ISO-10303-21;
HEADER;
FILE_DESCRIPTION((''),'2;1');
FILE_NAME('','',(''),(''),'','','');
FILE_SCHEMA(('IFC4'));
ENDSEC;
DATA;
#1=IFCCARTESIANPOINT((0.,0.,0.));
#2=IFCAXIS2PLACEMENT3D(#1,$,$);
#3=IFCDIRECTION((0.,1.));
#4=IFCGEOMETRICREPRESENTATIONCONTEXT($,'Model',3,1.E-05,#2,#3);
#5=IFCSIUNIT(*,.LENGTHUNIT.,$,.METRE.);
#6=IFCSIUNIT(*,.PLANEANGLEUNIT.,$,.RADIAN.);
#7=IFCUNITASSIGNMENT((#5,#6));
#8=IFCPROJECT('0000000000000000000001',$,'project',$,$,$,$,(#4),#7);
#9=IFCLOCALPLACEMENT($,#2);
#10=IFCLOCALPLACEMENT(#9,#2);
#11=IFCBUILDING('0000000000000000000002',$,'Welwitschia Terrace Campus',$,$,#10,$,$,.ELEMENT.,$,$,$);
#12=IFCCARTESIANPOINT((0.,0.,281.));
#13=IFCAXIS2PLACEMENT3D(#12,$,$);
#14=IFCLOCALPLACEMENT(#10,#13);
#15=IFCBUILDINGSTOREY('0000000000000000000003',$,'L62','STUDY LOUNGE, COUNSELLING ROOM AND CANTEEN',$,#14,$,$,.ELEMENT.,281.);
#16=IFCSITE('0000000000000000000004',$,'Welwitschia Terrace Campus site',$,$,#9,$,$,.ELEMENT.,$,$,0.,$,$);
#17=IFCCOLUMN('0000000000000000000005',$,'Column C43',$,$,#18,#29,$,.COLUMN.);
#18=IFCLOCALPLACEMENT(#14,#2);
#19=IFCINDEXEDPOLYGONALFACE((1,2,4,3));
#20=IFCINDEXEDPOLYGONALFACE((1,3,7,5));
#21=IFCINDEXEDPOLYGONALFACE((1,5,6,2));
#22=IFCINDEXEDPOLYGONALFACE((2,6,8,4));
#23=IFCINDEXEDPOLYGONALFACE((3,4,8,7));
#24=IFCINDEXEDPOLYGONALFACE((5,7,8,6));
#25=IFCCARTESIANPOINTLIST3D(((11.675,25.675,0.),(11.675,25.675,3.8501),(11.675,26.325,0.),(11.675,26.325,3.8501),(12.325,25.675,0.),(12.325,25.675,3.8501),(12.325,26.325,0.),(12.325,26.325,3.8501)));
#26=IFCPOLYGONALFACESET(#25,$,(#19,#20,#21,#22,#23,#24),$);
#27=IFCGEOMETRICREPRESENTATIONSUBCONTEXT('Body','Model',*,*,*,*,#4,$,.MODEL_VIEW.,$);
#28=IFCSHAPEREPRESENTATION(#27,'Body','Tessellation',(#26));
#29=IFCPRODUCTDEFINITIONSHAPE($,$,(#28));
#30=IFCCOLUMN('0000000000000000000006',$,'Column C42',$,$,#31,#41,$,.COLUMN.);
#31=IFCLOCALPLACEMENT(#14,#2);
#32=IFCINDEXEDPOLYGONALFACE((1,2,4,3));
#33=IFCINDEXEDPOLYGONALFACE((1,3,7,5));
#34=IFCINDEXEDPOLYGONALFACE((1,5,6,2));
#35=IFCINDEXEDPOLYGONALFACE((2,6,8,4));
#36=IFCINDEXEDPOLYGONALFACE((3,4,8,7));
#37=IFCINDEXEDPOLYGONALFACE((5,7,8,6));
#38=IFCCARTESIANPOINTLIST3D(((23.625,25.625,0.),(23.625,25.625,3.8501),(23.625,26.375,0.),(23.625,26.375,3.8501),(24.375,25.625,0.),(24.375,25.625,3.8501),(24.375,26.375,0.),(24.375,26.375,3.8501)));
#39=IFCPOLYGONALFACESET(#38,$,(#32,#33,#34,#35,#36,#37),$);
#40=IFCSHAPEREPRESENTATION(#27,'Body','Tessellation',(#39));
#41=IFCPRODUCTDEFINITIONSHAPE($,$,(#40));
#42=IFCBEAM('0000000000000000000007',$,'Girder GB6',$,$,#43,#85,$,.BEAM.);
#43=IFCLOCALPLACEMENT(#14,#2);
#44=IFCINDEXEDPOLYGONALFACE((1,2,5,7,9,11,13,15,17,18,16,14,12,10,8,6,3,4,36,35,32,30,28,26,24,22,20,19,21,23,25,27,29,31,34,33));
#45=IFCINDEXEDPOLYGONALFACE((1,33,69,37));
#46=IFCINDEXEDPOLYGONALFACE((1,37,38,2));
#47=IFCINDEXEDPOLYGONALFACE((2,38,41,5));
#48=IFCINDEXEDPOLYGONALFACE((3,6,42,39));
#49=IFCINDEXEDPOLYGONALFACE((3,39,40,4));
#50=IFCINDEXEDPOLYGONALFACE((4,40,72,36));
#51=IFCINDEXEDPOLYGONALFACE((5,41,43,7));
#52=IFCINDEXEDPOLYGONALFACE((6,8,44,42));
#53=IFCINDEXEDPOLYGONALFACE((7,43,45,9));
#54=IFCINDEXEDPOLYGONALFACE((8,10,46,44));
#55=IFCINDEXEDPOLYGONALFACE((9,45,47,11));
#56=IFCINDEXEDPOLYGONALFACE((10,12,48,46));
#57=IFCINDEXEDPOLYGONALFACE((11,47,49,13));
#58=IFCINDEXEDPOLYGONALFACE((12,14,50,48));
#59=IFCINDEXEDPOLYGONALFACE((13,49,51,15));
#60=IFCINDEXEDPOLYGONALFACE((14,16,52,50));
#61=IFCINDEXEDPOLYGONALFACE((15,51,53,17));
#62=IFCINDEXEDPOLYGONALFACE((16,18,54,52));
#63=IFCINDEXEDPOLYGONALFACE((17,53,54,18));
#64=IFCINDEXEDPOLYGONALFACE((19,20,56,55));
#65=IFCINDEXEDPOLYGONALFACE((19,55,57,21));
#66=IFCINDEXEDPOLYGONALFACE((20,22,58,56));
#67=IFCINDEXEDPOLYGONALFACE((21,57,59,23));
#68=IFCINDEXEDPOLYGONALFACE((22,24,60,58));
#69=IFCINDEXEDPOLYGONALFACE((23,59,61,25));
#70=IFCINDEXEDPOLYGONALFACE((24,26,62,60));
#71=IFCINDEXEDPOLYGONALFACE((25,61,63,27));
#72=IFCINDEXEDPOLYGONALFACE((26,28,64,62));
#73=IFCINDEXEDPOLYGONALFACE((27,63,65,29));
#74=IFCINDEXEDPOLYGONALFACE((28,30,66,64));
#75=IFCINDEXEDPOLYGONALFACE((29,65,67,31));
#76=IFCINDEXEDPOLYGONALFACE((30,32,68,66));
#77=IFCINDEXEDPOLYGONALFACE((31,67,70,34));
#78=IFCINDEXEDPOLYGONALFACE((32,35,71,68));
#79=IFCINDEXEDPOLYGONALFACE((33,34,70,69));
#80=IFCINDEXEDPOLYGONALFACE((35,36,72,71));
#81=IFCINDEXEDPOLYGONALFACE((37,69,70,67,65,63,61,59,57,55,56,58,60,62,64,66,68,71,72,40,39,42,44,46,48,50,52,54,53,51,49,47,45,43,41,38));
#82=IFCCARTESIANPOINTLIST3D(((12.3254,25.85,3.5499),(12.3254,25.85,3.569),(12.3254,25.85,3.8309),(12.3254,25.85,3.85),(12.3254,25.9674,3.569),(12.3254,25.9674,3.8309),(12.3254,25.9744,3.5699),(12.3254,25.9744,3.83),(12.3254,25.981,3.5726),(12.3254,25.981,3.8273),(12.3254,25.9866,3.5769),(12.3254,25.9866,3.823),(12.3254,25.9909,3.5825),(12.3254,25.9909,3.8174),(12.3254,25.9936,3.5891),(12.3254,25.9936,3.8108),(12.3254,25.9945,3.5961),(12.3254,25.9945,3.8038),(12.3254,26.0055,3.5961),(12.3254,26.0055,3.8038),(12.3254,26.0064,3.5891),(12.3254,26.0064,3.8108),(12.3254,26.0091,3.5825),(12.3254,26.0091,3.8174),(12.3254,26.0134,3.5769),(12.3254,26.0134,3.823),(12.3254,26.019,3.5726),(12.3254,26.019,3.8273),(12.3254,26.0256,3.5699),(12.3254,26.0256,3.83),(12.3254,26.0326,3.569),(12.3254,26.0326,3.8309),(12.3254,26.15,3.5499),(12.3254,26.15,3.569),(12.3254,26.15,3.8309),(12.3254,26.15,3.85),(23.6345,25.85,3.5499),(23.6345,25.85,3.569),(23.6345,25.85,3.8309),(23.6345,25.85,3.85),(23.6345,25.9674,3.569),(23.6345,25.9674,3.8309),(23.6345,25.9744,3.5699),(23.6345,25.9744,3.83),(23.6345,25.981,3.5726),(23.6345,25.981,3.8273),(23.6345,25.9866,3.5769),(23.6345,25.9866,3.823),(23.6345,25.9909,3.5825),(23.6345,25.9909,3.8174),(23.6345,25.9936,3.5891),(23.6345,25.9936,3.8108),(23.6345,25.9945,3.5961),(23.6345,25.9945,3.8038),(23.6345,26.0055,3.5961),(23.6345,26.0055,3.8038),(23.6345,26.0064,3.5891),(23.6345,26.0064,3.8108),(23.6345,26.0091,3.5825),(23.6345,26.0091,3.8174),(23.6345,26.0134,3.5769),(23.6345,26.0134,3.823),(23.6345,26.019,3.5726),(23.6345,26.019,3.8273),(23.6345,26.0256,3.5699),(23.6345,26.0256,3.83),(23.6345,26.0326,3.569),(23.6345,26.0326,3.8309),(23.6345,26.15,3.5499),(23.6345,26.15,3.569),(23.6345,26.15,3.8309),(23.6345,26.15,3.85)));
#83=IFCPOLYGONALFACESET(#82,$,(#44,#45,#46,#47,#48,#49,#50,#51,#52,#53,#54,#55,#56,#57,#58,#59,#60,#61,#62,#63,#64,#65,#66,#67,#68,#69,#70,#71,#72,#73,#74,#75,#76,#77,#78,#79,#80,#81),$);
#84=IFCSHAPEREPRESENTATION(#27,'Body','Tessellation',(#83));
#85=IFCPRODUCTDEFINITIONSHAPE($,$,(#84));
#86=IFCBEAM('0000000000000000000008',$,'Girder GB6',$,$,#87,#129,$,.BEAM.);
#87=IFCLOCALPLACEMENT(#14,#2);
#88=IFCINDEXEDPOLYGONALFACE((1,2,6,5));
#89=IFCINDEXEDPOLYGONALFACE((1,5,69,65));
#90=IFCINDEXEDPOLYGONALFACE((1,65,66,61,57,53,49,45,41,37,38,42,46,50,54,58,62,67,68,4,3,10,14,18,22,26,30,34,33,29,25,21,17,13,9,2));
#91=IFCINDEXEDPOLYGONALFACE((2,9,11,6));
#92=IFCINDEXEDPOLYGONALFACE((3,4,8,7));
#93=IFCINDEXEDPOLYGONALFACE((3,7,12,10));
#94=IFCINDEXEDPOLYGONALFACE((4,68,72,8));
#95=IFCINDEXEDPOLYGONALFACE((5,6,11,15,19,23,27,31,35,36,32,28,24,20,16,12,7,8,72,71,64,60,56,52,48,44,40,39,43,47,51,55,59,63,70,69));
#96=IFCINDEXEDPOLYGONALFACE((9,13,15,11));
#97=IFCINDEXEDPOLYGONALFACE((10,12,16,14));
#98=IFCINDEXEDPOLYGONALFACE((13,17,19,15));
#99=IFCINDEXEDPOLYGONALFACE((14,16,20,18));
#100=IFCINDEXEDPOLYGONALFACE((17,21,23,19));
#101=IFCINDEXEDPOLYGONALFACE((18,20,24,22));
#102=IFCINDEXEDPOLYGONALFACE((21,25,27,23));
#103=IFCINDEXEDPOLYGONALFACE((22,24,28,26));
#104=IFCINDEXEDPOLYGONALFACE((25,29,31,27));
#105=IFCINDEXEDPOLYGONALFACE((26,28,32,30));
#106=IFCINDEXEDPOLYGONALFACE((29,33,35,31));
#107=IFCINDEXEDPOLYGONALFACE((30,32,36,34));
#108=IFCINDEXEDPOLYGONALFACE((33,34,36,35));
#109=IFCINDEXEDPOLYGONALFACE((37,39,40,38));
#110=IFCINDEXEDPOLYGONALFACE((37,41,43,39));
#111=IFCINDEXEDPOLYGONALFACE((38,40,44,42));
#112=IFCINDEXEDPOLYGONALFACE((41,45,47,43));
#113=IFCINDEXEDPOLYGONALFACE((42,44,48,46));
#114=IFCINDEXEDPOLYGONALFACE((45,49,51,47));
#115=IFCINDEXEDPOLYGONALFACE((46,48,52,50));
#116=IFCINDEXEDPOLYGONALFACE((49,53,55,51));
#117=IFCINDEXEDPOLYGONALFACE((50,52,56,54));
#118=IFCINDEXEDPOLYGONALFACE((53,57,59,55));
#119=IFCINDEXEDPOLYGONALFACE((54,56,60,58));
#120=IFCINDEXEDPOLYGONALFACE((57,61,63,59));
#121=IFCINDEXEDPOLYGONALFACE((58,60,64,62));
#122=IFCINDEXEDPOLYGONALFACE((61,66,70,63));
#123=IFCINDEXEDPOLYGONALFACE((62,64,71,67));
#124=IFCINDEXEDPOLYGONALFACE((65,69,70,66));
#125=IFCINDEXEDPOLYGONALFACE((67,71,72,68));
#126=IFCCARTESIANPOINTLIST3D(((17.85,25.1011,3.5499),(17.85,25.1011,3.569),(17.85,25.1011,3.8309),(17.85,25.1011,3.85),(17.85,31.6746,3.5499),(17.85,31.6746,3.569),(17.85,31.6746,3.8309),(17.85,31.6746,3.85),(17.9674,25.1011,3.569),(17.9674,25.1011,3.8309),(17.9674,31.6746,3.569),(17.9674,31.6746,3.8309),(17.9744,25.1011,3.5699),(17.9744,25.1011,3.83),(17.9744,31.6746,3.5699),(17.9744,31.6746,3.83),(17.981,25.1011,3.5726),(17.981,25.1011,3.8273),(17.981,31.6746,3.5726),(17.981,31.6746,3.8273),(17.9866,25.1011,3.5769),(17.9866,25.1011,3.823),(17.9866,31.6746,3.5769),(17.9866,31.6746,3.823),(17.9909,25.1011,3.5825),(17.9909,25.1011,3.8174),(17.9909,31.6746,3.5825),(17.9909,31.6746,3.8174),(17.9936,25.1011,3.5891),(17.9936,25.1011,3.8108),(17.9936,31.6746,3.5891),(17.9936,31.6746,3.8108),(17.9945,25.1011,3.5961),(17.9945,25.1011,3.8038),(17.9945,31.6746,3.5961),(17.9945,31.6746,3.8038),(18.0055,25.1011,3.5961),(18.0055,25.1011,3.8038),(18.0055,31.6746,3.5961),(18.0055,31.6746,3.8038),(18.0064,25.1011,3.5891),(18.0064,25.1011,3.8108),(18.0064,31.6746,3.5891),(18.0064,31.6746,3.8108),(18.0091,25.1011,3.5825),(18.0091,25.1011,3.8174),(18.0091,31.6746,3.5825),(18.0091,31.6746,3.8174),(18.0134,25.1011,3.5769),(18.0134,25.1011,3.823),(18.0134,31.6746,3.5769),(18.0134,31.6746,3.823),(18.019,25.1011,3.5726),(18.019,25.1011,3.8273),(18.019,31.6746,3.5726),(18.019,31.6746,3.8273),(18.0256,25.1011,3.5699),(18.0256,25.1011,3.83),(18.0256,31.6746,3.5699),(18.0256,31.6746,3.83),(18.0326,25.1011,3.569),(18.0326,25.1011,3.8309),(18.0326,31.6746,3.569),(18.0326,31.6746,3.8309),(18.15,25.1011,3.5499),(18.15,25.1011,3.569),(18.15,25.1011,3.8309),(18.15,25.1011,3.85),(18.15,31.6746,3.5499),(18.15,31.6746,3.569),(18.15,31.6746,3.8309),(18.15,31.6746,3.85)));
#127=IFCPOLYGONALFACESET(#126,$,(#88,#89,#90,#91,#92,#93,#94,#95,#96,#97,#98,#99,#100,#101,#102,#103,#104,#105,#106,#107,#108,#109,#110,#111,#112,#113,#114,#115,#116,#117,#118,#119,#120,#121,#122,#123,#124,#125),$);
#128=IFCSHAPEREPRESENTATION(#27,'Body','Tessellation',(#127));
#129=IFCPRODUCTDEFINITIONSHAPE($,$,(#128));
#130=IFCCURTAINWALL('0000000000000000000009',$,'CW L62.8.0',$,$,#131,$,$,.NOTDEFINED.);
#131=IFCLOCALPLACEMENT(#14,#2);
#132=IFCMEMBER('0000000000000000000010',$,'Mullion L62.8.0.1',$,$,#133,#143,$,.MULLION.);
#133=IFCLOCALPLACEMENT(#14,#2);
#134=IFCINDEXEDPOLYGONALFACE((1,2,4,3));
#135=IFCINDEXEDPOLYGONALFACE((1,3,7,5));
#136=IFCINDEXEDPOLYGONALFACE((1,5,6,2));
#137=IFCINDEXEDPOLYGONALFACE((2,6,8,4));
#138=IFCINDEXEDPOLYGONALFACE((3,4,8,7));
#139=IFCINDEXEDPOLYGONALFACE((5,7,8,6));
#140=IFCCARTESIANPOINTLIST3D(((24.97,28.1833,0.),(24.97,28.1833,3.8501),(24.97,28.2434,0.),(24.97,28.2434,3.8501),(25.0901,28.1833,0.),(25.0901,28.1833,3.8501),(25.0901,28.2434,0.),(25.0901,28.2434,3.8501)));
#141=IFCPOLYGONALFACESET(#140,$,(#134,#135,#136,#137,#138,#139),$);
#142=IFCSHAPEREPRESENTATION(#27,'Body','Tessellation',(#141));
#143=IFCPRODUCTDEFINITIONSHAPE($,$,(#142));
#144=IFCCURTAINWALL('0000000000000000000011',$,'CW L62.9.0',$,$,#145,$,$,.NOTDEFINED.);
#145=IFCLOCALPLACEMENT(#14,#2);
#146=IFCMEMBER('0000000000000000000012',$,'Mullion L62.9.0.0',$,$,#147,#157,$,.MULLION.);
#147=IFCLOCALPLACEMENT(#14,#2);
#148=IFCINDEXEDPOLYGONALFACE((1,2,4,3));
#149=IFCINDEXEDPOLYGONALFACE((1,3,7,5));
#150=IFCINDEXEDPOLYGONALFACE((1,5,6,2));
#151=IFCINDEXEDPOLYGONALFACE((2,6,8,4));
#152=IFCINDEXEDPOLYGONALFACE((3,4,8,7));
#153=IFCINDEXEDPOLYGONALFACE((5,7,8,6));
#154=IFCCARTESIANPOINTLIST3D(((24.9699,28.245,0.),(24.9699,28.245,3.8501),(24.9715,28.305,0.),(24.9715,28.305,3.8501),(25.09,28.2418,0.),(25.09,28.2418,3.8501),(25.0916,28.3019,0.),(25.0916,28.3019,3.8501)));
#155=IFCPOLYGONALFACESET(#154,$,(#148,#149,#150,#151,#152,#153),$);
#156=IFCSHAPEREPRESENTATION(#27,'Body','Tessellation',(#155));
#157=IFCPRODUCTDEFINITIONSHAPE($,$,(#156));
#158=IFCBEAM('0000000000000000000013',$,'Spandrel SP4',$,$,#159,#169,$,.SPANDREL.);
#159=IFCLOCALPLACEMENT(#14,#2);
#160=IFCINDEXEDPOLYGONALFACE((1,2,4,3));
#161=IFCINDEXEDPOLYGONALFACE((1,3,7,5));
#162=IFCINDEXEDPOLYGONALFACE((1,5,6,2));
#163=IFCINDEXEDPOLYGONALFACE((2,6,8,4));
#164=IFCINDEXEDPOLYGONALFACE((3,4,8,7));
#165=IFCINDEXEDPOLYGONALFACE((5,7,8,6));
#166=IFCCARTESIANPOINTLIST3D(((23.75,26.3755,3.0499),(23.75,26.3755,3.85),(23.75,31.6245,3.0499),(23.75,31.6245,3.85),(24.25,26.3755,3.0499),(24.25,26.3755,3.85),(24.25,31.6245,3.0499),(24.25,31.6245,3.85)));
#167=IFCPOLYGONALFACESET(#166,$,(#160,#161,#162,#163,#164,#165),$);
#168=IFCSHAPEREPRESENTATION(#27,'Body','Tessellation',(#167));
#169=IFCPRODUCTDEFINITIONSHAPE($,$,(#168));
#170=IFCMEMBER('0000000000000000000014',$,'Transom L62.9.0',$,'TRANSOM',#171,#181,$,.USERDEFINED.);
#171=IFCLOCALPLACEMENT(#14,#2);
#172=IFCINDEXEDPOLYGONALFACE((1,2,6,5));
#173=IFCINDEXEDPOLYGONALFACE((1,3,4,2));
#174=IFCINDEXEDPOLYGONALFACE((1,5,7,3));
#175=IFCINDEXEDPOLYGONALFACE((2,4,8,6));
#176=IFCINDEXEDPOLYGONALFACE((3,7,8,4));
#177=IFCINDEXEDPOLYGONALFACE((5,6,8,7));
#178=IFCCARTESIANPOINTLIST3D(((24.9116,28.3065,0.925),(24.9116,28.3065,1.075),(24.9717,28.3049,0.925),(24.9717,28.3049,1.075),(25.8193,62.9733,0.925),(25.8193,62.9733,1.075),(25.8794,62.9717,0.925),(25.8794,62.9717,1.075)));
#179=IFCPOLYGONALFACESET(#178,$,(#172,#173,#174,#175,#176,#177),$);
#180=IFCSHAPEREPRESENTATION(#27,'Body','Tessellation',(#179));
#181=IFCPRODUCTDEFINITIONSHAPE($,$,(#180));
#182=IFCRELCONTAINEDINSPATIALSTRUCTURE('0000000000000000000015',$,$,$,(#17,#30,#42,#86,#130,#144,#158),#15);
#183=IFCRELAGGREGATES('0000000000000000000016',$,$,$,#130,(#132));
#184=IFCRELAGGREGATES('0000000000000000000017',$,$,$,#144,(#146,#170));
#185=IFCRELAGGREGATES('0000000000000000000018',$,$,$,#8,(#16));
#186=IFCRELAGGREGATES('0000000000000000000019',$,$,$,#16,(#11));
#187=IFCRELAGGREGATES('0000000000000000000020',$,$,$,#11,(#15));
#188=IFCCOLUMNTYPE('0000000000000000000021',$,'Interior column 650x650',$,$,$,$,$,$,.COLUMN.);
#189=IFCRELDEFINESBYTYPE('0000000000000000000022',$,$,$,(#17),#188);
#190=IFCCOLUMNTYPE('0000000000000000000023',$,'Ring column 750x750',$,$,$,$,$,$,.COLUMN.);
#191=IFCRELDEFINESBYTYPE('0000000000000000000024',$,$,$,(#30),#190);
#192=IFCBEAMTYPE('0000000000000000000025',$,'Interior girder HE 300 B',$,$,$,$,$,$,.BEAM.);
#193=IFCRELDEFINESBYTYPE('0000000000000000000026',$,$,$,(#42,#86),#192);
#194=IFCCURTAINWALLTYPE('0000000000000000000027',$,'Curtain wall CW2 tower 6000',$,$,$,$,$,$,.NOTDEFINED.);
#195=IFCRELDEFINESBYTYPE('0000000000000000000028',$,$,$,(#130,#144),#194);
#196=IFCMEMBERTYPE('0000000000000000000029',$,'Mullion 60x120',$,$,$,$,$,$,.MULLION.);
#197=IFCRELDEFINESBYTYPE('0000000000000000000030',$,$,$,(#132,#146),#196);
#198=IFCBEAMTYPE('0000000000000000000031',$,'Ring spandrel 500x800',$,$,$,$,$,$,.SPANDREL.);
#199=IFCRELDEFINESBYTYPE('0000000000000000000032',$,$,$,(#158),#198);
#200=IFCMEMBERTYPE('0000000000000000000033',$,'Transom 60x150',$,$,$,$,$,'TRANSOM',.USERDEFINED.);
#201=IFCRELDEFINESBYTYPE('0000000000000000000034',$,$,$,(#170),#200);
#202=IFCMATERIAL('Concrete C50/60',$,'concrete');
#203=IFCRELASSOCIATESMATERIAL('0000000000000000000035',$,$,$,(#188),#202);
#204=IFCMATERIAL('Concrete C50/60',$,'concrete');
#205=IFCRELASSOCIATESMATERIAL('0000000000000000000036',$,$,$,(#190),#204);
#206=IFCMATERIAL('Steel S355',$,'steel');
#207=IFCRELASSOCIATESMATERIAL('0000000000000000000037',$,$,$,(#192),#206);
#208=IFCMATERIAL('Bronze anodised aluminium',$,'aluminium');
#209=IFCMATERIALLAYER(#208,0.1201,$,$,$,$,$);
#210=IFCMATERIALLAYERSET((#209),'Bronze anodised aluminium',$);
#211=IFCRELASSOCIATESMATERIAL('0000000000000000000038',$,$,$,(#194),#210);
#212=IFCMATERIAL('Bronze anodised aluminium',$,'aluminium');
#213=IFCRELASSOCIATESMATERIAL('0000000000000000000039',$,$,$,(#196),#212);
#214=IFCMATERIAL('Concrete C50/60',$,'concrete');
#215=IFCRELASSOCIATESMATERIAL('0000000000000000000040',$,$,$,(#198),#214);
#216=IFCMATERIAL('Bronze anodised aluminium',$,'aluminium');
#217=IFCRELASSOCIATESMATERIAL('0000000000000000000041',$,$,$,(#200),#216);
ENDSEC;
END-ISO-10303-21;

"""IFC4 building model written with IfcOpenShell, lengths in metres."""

from ifc_helpers import new_model, si_unit, direction, frame, origin, origin_2d, place, context, subcontext, project, spatial, rectangle, i_section, extrude, material, layer, layer_set, material_profile, profile_set, type_object, element, aggregate, save


model = new_model("IFC4")

# Units and contexts
model_context = context("Model", 3, precision=1e-05, world=origin(), true_north=direction((0.0, 1.0)))
body_context = subcontext(model_context, "Body", "Model", "MODEL_VIEW")
ifc_project = project(units=[si_unit("LENGTHUNIT", "METRE"), si_unit("PLANEANGLEUNIT", "RADIAN")], contexts=[model_context])

# Site, building, storey
site_placement = place(None, origin())
site = spatial("IfcSite", under=ifc_project, at=site_placement, Name="Welwitschia Terrace Campus site", CompositionType="ELEMENT", RefElevation=0.0)
building_placement = place(site_placement, origin())
building = spatial("IfcBuilding", under=site, at=building_placement, Name="Welwitschia Terrace Campus", CompositionType="ELEMENT")
storey_placement = place(building_placement, frame((0.0, 0.0, 281.0)))
storey = spatial("IfcBuildingStorey", under=building, at=storey_placement, Name="L62", Description="STUDY LOUNGE, COUNSELLING ROOM AND CANTEEN", CompositionType="ELEMENT", Elevation=281.0)

# Columns
ifc_material_1 = material(Name="Concrete C50/60", Category="concrete")
ifc_material_profile_1 = material_profile(ifc_material_1, rectangle(XDim=0.6499, YDim=0.6499, at=origin_2d()))
ifc_profile_set_1 = profile_set([ifc_material_profile_1], Name="Concrete C50/60")
column_type_1 = type_object("IfcColumnType", Name="Interior column 650x650", PredefinedType="COLUMN", material=ifc_profile_set_1)
column_1_placement = place(storey_placement, frame((12.0, 26.0, 0.0), z_axis=(0.0, 0.0, 1.0), x_axis=(1.0, 0.0, 0.0)))
element("IfcColumn", 1, at=column_1_placement, inside=storey, type_object=column_type_1, Name="Column C43", PredefinedType="COLUMN", context=body_context, shape_type="SweptSolid", body=[
    extrude(rectangle(XDim=0.6499, YDim=0.6499, at=origin_2d()), origin(), (0.0, 0.0, 1.0), 3.8501),
])
ifc_material_2 = material(Name="Concrete C50/60", Category="concrete")
ifc_material_profile_2 = material_profile(ifc_material_2, rectangle(XDim=0.75, YDim=0.75, at=origin_2d()))
ifc_profile_set_2 = profile_set([ifc_material_profile_2], Name="Concrete C50/60")
column_type_2 = type_object("IfcColumnType", Name="Ring column 750x750", PredefinedType="COLUMN", material=ifc_profile_set_2)
column_2_placement = place(storey_placement, frame((24.0, 26.0, 0.0), z_axis=(0.0, 0.0, 1.0), x_axis=(1.0, 0.0, 0.0)))
element("IfcColumn", 2, at=column_2_placement, inside=storey, type_object=column_type_2, Name="Column C42", PredefinedType="COLUMN", context=body_context, shape_type="SweptSolid", body=[
    extrude(rectangle(XDim=0.75, YDim=0.75, at=origin_2d()), origin(), (0.0, 0.0, 1.0), 3.8501),
])

# Beams
ifc_material_3 = material(Name="Steel S355", Category="steel")
ifc_material_profile_3 = material_profile(ifc_material_3, i_section(OverallWidth=0.3, OverallDepth=0.3, WebThickness=0.011, FlangeThickness=0.019, FilletRadius=0.0271, at=origin_2d()))
ifc_profile_set_3 = profile_set([ifc_material_profile_3], Name="Steel S355")
beam_type_1 = type_object("IfcBeamType", Name="Interior girder HE 300 B", PredefinedType="BEAM", material=ifc_profile_set_3)
beam_1_placement = place(storey_placement, frame((12.3254, 26.0, 3.7), z_axis=(1.0, 0.0, 0.0), x_axis=(0.0, 1.0, 0.0)))
element("IfcBeam", 3, at=beam_1_placement, inside=storey, type_object=beam_type_1, Name="Girder GB6", PredefinedType="BEAM", context=body_context, shape_type="SweptSolid", body=[
    extrude(i_section(OverallWidth=0.3, OverallDepth=0.3, WebThickness=0.011, FlangeThickness=0.019, FilletRadius=0.0271, at=origin_2d()), origin(), (0.0, 0.0, 1.0), 11.3091),
])
beam_2_placement = place(storey_placement, frame((18.0, 25.1011, 3.7), z_axis=(0.0, 1.0, 0.0), x_axis=(-1.0, 0.0, 0.0)))
element("IfcBeam", 4, at=beam_2_placement, inside=storey, type_object=beam_type_1, Name="Girder GB6", PredefinedType="BEAM", context=body_context, shape_type="SweptSolid", body=[
    extrude(i_section(OverallWidth=0.3, OverallDepth=0.3, WebThickness=0.011, FlangeThickness=0.019, FilletRadius=0.0271, at=origin_2d()), origin(), (0.0, 0.0, 1.0), 6.5735),
])

# Curtain walls, members
ifc_material_4 = material(Name="Bronze anodised aluminium", Category="aluminium")
ifc_layer_1 = layer(ifc_material_4, 0.1201)
ifc_layer_set_1 = layer_set([ifc_layer_1], Name="Bronze anodised aluminium")
curtain_wall_type = type_object("IfcCurtainWallType", Name="Curtain wall CW2 tower 6000", PredefinedType="NOTDEFINED", material=ifc_layer_set_1)
curtain_wall_1_placement = place(storey_placement, origin())
curtain_wall_1 = element("IfcCurtainWall", 5, at=curtain_wall_1_placement, inside=storey, type_object=curtain_wall_type, Name="CW L62.8.0", PredefinedType="NOTDEFINED")
ifc_material_5 = material(Name="Bronze anodised aluminium", Category="aluminium")
ifc_material_profile_4 = material_profile(ifc_material_5, rectangle(XDim=0.1201, YDim=0.0601, at=origin_2d()))
ifc_profile_set_4 = profile_set([ifc_material_profile_4], Name="Bronze anodised aluminium")
member_type_1 = type_object("IfcMemberType", Name="Mullion 60x120", PredefinedType="MULLION", material=ifc_profile_set_4)
member_1_placement = place(storey_placement, frame((25.03, 28.2134, 0.0), z_axis=(0.0, 0.0, 1.0), x_axis=(-1.0, 0.0, 0.0)))
member_1 = element("IfcMember", 6, at=member_1_placement, type_object=member_type_1, Name="Mullion L62.8.0.1", PredefinedType="MULLION", context=body_context, shape_type="SweptSolid", body=[
    extrude(rectangle(XDim=0.1201, YDim=0.0601, at=origin_2d()), origin(), (0.0, 0.0, 1.0), 3.8501),
])
curtain_wall_2_placement = place(storey_placement, origin())
curtain_wall_2 = element("IfcCurtainWall", 7, at=curtain_wall_2_placement, inside=storey, type_object=curtain_wall_type, Name="CW L62.9.0", PredefinedType="NOTDEFINED")
member_2_placement = place(storey_placement, frame((25.0308, 28.2734, 0.0), z_axis=(0.0, 0.0, 1.0), x_axis=(-0.999657, 0.026177, 0.0)))
member_2 = element("IfcMember", 8, at=member_2_placement, type_object=member_type_1, Name="Mullion L62.9.0.0", PredefinedType="MULLION", context=body_context, shape_type="SweptSolid", body=[
    extrude(rectangle(XDim=0.1201, YDim=0.0601, at=origin_2d()), origin(), (0.0, 0.0, 1.0), 3.8501),
])

# Beam
ifc_material_6 = material(Name="Concrete C50/60", Category="concrete")
ifc_material_profile_5 = material_profile(ifc_material_6, rectangle(XDim=0.5, YDim=0.8, at=origin_2d()))
ifc_profile_set_5 = profile_set([ifc_material_profile_5], Name="Concrete C50/60")
beam_type_2 = type_object("IfcBeamType", Name="Ring spandrel 500x800", PredefinedType="SPANDREL", material=ifc_profile_set_5)
beam_3_placement = place(storey_placement, frame((24.0, 26.3755, 3.45), z_axis=(0.0, 1.0, 0.0), x_axis=(-1.0, 0.0, 0.0)))
element("IfcBeam", 9, at=beam_3_placement, inside=storey, type_object=beam_type_2, Name="Spandrel SP4", PredefinedType="SPANDREL", context=body_context, shape_type="SweptSolid", body=[
    extrude(rectangle(XDim=0.5, YDim=0.8, at=origin_2d()), origin(), (0.0, 0.0, 1.0), 5.249),
])

# Member
ifc_material_7 = material(Name="Bronze anodised aluminium", Category="aluminium")
ifc_material_profile_6 = material_profile(ifc_material_7, rectangle(XDim=0.0601, YDim=0.1499, at=origin_2d()))
ifc_profile_set_6 = profile_set([ifc_material_profile_6], Name="Bronze anodised aluminium")
member_type_2 = type_object("IfcMemberType", Name="Transom 60x150", ElementType="TRANSOM", PredefinedType="USERDEFINED", material=ifc_profile_set_6)
member_3_placement = place(storey_placement, frame((24.9417, 28.3057, 1.0), z_axis=(0.026175, 0.999657, 0.0), x_axis=(-0.999657, 0.026175, 0.0)))
member_3 = element("IfcMember", 10, at=member_3_placement, type_object=member_type_2, Name="Transom L62.9.0", ObjectType="TRANSOM", PredefinedType="USERDEFINED", context=body_context, shape_type="SweptSolid", body=[
    extrude(rectangle(XDim=0.0601, YDim=0.1499, at=origin_2d()), origin(), (0.0, 0.0, 1.0), 34.6787),
])

aggregate(curtain_wall_1, [member_1])
aggregate(curtain_wall_2, [member_2, member_3])

save(model, "model.ifc")
